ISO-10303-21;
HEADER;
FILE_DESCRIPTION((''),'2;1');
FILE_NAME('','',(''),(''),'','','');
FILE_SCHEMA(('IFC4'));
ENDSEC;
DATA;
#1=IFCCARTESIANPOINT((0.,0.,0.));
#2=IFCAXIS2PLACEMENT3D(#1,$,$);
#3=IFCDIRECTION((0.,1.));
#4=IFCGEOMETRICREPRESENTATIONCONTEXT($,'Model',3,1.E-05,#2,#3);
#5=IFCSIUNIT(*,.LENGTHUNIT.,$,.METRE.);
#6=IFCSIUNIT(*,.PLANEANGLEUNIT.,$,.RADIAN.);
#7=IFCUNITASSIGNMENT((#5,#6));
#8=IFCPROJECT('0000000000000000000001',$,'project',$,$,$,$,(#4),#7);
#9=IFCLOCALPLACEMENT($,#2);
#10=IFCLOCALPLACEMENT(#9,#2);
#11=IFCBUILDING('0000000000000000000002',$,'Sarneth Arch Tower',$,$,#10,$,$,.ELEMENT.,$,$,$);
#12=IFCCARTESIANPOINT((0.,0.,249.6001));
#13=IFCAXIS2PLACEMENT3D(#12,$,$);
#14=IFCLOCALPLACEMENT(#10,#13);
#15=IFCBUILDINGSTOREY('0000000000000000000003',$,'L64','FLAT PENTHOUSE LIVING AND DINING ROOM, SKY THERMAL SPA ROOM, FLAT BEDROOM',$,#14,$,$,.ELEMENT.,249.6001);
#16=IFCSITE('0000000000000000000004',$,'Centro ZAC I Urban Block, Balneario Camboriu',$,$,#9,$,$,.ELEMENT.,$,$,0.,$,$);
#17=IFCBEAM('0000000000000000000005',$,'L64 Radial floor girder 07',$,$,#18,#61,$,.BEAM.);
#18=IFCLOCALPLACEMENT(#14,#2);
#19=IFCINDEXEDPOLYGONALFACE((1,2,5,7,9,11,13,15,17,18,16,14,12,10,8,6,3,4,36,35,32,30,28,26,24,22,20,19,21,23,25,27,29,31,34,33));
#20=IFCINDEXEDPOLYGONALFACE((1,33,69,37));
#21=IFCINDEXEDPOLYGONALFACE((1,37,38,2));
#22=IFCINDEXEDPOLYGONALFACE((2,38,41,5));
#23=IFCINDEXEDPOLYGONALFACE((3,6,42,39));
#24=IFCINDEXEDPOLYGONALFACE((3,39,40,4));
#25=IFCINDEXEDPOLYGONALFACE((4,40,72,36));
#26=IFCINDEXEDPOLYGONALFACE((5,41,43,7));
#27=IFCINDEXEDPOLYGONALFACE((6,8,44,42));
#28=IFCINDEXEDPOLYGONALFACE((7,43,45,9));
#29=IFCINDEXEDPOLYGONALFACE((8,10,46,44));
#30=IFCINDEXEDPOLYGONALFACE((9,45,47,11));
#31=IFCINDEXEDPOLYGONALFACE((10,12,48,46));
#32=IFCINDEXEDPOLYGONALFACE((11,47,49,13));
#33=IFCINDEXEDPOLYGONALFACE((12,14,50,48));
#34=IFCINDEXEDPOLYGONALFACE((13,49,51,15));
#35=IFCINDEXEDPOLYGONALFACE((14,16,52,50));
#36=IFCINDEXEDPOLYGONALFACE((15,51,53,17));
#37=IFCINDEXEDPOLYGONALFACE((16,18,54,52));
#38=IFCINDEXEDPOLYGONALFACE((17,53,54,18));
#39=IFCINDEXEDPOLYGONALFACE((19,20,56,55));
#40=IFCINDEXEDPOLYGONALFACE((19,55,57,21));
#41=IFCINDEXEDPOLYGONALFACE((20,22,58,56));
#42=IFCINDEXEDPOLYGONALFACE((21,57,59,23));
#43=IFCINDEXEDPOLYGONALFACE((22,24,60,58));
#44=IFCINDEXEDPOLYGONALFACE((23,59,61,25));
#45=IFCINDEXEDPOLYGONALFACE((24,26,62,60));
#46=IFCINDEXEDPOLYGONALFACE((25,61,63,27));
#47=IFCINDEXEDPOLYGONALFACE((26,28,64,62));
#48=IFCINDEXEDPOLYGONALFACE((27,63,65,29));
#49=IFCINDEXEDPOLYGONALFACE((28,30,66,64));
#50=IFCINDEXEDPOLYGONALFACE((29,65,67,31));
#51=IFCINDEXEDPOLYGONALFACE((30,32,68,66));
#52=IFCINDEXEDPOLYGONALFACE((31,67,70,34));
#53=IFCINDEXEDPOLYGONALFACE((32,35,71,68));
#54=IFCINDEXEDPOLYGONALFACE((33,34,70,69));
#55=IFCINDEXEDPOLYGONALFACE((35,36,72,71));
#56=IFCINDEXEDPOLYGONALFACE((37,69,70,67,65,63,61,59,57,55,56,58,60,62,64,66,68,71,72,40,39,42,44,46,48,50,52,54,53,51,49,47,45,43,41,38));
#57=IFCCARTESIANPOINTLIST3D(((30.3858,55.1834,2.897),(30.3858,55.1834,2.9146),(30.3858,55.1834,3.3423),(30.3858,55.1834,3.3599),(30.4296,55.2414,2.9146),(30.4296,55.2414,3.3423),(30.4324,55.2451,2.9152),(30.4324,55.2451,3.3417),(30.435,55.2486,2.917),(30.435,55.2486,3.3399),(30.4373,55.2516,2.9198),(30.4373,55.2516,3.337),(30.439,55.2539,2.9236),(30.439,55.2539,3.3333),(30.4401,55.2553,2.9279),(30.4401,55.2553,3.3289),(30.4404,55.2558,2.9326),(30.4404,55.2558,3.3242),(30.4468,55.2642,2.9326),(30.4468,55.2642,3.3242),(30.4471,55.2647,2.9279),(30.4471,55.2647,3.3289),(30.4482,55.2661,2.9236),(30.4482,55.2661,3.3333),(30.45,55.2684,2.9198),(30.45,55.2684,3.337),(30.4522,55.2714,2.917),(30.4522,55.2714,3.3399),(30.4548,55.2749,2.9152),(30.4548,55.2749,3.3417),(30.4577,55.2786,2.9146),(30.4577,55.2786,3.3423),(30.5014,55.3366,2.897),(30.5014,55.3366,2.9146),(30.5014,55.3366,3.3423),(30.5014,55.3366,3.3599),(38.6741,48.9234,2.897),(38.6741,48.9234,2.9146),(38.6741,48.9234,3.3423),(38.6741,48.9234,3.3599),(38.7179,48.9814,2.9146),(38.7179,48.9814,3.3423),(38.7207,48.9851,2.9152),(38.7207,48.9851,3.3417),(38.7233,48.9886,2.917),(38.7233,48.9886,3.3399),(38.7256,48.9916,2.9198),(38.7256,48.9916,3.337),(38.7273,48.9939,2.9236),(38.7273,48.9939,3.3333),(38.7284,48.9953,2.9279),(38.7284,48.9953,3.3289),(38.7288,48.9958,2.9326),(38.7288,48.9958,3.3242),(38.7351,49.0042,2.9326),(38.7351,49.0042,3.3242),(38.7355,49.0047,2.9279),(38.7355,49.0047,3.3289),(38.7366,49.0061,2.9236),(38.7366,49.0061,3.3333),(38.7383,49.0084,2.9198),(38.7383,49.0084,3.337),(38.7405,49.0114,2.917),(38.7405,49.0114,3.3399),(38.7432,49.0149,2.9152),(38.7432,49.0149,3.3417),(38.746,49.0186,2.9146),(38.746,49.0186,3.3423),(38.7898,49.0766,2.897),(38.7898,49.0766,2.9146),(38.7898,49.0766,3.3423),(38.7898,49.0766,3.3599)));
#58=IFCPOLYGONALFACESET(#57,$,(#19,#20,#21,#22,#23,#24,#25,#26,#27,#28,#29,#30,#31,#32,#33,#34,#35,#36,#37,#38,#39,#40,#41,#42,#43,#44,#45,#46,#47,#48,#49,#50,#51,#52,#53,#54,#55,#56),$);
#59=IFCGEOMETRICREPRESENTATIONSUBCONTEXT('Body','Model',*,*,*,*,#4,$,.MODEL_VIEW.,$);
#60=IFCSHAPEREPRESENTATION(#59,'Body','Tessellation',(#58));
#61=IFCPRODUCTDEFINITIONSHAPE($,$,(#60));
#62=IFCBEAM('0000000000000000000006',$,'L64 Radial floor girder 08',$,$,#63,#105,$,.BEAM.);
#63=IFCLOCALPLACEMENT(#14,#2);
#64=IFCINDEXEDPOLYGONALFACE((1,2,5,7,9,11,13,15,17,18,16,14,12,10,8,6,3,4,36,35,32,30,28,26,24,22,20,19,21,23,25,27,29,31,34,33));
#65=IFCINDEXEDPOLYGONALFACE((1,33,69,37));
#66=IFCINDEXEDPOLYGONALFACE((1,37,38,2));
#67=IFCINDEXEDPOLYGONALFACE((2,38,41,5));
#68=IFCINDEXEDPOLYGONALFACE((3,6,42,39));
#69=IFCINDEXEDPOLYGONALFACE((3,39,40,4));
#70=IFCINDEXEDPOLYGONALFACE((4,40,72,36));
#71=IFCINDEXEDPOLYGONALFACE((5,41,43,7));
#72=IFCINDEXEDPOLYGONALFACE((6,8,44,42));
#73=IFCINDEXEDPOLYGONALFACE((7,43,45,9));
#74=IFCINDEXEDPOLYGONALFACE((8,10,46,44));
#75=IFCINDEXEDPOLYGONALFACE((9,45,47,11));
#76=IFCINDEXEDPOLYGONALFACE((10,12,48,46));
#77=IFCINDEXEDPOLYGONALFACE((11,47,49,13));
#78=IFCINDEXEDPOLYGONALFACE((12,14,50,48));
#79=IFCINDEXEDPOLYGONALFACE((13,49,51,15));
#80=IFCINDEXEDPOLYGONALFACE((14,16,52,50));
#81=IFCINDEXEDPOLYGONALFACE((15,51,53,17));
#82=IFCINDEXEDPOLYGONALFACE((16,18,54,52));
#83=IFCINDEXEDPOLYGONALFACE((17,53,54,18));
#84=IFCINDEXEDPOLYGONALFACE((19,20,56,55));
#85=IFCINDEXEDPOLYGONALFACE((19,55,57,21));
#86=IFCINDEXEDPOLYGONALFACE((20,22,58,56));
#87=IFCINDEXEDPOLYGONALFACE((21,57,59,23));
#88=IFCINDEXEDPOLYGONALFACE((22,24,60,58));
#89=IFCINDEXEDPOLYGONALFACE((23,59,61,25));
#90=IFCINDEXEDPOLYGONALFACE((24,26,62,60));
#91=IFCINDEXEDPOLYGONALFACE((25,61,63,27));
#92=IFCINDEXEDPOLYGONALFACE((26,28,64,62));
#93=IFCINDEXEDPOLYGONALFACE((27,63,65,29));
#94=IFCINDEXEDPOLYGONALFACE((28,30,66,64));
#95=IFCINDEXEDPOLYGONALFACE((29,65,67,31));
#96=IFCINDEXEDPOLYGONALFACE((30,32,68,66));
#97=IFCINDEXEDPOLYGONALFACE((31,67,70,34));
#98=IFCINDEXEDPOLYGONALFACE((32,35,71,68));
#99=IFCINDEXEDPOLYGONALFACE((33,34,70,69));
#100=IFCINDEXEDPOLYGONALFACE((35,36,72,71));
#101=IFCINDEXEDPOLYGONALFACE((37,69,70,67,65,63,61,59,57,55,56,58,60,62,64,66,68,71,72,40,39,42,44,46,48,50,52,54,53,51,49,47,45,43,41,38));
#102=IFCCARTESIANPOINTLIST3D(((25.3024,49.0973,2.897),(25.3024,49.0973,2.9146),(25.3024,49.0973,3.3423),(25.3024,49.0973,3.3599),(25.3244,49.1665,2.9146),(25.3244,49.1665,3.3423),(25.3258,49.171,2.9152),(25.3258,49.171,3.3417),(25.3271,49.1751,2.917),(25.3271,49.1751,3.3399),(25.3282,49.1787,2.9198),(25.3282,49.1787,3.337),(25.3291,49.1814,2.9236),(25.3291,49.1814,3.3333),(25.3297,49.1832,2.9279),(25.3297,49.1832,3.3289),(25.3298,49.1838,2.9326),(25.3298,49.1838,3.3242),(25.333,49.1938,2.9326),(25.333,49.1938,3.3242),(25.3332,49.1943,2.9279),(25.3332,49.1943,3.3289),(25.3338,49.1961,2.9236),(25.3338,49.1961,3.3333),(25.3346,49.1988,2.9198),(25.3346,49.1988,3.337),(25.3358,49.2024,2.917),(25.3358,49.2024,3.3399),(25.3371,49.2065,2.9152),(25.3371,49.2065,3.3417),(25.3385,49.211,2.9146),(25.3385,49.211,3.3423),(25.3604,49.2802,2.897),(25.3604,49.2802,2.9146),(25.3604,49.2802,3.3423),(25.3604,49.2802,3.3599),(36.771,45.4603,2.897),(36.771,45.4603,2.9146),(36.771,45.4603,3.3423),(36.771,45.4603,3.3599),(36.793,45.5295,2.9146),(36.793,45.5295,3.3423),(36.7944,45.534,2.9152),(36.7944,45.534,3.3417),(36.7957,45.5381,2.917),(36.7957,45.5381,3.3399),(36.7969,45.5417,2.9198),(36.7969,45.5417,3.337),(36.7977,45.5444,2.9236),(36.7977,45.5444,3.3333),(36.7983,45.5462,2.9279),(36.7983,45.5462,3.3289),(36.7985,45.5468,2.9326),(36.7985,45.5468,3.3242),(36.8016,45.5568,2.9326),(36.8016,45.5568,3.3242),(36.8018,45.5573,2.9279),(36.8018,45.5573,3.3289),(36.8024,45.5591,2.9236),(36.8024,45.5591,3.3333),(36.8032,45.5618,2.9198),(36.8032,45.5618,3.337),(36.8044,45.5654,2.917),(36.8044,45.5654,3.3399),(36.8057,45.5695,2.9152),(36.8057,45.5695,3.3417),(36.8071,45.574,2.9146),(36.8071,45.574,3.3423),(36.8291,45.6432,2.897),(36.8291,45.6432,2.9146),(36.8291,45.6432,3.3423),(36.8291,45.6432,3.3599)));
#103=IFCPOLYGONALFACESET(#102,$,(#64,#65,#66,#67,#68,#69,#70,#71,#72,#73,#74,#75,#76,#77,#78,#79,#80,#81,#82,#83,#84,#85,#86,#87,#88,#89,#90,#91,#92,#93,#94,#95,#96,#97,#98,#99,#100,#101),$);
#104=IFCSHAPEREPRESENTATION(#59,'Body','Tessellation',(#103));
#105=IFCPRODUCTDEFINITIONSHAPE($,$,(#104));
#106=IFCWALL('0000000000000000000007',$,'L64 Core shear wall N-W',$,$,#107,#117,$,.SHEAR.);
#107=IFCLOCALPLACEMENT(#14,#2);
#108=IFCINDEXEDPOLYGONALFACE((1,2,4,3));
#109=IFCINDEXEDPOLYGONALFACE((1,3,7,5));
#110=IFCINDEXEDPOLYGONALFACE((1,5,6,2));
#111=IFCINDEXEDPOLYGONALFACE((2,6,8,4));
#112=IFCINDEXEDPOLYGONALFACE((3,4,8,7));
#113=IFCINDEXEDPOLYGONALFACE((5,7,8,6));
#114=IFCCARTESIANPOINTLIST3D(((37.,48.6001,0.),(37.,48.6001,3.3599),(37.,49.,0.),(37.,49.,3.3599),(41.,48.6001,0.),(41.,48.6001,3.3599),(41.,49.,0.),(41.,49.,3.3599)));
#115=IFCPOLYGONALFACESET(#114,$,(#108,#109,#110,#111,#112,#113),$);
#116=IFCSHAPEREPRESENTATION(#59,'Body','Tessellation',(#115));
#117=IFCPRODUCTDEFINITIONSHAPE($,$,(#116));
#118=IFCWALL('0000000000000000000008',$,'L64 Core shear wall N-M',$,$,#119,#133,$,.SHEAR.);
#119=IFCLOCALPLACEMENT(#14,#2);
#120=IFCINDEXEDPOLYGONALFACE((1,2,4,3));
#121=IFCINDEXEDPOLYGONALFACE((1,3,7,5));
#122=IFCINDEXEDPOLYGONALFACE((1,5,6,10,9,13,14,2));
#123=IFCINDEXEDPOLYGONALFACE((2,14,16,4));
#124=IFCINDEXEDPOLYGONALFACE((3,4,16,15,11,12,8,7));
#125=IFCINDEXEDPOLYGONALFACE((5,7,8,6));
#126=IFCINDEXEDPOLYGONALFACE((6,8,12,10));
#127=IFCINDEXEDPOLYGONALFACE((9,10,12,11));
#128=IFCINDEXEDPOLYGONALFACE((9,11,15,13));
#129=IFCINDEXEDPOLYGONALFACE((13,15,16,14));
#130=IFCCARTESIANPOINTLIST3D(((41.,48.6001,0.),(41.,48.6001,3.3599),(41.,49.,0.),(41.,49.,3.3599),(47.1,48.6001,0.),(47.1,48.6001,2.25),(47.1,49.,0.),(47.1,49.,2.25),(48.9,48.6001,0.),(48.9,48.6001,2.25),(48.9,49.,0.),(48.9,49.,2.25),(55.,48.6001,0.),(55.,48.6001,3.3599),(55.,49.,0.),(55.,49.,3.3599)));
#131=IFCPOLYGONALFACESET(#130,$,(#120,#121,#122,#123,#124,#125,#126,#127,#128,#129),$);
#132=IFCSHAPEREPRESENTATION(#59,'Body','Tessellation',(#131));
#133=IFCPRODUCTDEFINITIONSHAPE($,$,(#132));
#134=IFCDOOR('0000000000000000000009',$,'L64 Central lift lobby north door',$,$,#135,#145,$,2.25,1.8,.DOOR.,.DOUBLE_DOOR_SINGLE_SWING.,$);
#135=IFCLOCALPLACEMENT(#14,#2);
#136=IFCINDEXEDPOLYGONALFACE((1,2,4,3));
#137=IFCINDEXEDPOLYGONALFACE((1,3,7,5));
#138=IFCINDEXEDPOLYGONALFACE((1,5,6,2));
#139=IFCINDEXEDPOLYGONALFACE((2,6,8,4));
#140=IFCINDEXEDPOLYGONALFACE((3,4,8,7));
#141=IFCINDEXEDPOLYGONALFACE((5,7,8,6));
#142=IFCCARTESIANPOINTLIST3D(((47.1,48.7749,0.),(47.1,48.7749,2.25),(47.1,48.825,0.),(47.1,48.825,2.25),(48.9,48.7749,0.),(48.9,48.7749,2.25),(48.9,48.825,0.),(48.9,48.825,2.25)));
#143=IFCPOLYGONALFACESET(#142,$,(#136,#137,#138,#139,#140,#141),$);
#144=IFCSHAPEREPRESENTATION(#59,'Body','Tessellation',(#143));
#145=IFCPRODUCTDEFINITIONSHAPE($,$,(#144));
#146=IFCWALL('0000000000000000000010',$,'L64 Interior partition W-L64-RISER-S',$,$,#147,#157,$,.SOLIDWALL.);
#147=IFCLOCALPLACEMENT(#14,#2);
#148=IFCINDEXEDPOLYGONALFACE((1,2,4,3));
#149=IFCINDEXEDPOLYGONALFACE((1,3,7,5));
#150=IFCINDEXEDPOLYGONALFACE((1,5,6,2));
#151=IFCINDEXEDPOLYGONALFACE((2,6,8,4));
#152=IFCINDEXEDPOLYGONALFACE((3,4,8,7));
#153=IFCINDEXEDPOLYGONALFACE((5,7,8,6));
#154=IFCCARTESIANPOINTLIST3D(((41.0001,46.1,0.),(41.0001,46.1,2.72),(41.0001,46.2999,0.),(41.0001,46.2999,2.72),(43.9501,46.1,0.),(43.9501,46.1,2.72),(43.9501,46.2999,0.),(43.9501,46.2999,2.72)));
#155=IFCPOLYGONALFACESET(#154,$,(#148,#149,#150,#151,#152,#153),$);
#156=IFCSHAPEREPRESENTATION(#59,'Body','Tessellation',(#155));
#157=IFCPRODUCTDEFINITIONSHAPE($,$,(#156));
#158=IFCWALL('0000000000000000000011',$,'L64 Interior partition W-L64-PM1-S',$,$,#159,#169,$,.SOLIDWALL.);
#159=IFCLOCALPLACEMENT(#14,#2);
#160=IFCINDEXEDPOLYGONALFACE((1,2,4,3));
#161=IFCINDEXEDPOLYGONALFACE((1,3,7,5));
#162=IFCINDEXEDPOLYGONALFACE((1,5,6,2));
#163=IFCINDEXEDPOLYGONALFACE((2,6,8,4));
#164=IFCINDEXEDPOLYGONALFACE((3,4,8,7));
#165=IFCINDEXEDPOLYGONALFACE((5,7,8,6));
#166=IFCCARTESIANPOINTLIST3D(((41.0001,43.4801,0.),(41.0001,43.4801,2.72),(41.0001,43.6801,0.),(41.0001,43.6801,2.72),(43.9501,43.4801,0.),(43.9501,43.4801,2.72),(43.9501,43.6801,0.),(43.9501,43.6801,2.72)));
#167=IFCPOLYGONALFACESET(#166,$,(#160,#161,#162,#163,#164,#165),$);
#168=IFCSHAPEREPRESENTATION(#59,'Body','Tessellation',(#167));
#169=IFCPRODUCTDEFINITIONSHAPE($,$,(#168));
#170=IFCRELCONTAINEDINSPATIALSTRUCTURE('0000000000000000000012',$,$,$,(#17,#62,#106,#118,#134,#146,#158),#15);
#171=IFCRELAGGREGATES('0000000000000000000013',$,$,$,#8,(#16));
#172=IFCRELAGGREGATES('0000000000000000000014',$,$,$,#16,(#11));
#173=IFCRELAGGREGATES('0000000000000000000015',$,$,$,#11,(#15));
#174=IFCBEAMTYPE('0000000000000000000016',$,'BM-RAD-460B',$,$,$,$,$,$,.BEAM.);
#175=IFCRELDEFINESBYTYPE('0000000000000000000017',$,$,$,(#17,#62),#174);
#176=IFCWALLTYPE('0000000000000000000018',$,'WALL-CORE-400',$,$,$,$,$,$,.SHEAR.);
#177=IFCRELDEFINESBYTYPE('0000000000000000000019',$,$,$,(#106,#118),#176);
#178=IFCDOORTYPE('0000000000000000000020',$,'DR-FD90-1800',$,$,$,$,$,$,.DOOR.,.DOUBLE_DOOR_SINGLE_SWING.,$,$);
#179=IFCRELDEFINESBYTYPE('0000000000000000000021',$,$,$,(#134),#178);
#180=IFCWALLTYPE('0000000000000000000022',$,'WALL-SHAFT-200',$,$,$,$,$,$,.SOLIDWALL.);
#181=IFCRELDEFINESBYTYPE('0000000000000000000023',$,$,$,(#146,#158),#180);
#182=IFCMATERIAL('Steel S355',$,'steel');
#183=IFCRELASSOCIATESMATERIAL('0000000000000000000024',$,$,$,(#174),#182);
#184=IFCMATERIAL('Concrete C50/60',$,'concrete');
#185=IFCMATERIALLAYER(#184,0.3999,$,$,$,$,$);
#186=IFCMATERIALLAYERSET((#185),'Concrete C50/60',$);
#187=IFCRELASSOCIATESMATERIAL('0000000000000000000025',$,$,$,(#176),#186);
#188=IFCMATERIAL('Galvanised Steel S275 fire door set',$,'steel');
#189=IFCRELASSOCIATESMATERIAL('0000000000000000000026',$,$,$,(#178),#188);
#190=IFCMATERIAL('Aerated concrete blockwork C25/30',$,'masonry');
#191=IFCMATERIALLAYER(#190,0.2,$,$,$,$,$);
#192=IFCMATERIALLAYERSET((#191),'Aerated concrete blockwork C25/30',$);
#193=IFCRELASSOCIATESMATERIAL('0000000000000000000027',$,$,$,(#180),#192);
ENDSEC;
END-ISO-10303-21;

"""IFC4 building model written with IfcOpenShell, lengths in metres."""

from ifc_helpers import new_model, si_unit, direction, frame, frame_2d, origin, origin_2d, place, context, subcontext, project, spatial, rectangle, i_section, extrude, material, layer, layer_set, material_profile, profile_set, type_object, element, fill, save


model = new_model("IFC4")

# Units and contexts
model_context = context("Model", 3, precision=1e-05, world=origin(), true_north=direction((0.0, 1.0)))
body_context = subcontext(model_context, "Body", "Model", "MODEL_VIEW")
ifc_project = project(units=[si_unit("LENGTHUNIT", "METRE"), si_unit("PLANEANGLEUNIT", "RADIAN")], contexts=[model_context])

# Site, building, storey
site_placement = place(None, origin())
site = spatial("IfcSite", under=ifc_project, at=site_placement, Name="Centro ZAC I Urban Block, Balneario Camboriu", CompositionType="ELEMENT", RefElevation=0.0)
building_placement = place(site_placement, origin())
building = spatial("IfcBuilding", under=site, at=building_placement, Name="Sarneth Arch Tower", CompositionType="ELEMENT")
storey_placement = place(building_placement, frame((0.0, 0.0, 249.6001)))
storey = spatial("IfcBuildingStorey", under=building, at=storey_placement, Name="L64", Description="FLAT PENTHOUSE LIVING AND DINING ROOM, SKY THERMAL SPA ROOM, FLAT BEDROOM", CompositionType="ELEMENT", Elevation=249.6001)

# Beams
ifc_material_1 = material(Name="Steel S355", Category="steel")
ifc_material_profile_1 = material_profile(ifc_material_1, i_section(OverallWidth=0.1919, OverallDepth=0.4629, WebThickness=0.0105, FlangeThickness=0.0176, FilletRadius=0.0181, at=origin_2d()), Name="W460x89")
ifc_profile_set_1 = profile_set([ifc_material_profile_1], Name="Steel S355")
beam_type_1 = type_object("IfcBeamType", Name="BM-RAD-460B", PredefinedType="BEAM", material=ifc_profile_set_1)
beam_1_placement = place(storey_placement, frame((38.7319, 49.0, 3.1284), z_axis=(-0.797973, 0.602693, 0.0), x_axis=(-0.602693, -0.797973, 0.0)))
element("IfcBeam", 1, at=beam_1_placement, inside=storey, type_object=beam_type_1, Name="L64 Radial floor girder 07", PredefinedType="BEAM", context=body_context, shape_type="SweptSolid", body=[
    extrude(i_section(OverallWidth=0.1919, OverallDepth=0.4629, WebThickness=0.0105, FlangeThickness=0.0176, FilletRadius=0.0181, at=origin_2d()), origin(), (0.0, 0.0, 1.0), 10.3867),
])
beam_2_placement = place(storey_placement, frame((36.8, 45.5518, 3.1284), z_axis=(-0.953216, 0.30229, 0.0), x_axis=(-0.30229, -0.953216, 0.0)))
element("IfcBeam", 2, at=beam_2_placement, inside=storey, type_object=beam_type_1, Name="L64 Radial floor girder 08", PredefinedType="BEAM", context=body_context, shape_type="SweptSolid", body=[
    extrude(i_section(OverallWidth=0.1919, OverallDepth=0.4629, WebThickness=0.0105, FlangeThickness=0.0176, FilletRadius=0.0181, at=origin_2d()), origin(), (0.0, 0.0, 1.0), 12.0315),
])

# Wall
ifc_material_2 = material(Name="Concrete C50/60", Category="concrete")
ifc_layer_1 = layer(ifc_material_2, 0.3999)
ifc_layer_set_1 = layer_set([ifc_layer_1], Name="Concrete C50/60")
wall_type_1 = type_object("IfcWallType", Name="WALL-CORE-400", PredefinedType="SHEAR", material=ifc_layer_set_1)
wall_1_placement = place(storey_placement, frame((37.0, 48.8, 0.0), z_axis=(0.0, 0.0, 1.0), x_axis=(1.0, 0.0, 0.0)))
element("IfcWall", 3, at=wall_1_placement, inside=storey, type_object=wall_type_1, Name="L64 Core shear wall N-W", PredefinedType="SHEAR", context=body_context, shape_type="SweptSolid", body=[
    extrude(rectangle(XDim=4.0, YDim=0.3999, at=frame_2d((2.0, 0.0))), origin(), (0.0, 0.0, 1.0), 3.3599),
])

# Wall, opening, door
wall_2_placement = place(storey_placement, frame((41.0, 48.8, 0.0), z_axis=(0.0, 0.0, 1.0), x_axis=(1.0, 0.0, 0.0)))
wall_2 = element("IfcWall", 4, at=wall_2_placement, inside=storey, type_object=wall_type_1, Name="L64 Core shear wall N-M", PredefinedType="SHEAR", context=body_context, shape_type="SweptSolid", body=[
    extrude(rectangle(XDim=14.0, YDim=0.3999, at=frame_2d((7.0, 0.0))), origin(), (0.0, 0.0, 1.0), 3.3599),
])
opening_1_placement = place(wall_2_placement, frame((6.1001, 0.0, 0.0)))
opening_1 = element("IfcOpeningElement", 5, at=opening_1_placement, cuts=wall_2, PredefinedType="OPENING", context=body_context, shape_type="SweptSolid", body=[
    extrude(rectangle(XDim=1.8, YDim=2.25, at=frame_2d((0.8999, 1.125))), frame((0.0, 0.21, 0.0), z_axis=(0.0, -1.0, 0.0), x_axis=(1.0, 0.0, 0.0)), (0.0, 0.0, 1.0), 0.4199),
])
ifc_material_3 = material(Name="Galvanised Steel S275 fire door set", Category="steel")
door_type_1 = type_object("IfcDoorType", Name="DR-FD90-1800", OperationType="DOUBLE_DOOR_SINGLE_SWING", PredefinedType="DOOR", material=ifc_material_3)
door_1_placement = place(opening_1_placement, origin())
door_1 = element("IfcDoor", 6, at=door_1_placement, inside=storey, type_object=door_type_1, Name="L64 Central lift lobby north door", OperationType="DOUBLE_DOOR_SINGLE_SWING", OverallHeight=2.25, OverallWidth=1.8, PredefinedType="DOOR", context=body_context, shape_type="SweptSolid", body=[
    extrude(rectangle(XDim=1.8, YDim=2.25, at=frame_2d((0.8999, 1.125))), frame((0.0, 0.0249, 0.0), z_axis=(0.0, -1.0, 0.0), x_axis=(1.0, 0.0, 0.0)), (0.0, 0.0, 1.0), 0.05),
])
fill(opening_1, door_1)

# Wall
ifc_material_4 = material(Name="Aerated concrete blockwork C25/30", Category="masonry")
ifc_layer_2 = layer(ifc_material_4, 0.2)
ifc_layer_set_2 = layer_set([ifc_layer_2], Name="Aerated concrete blockwork C25/30")
wall_type_2 = type_object("IfcWallType", Name="WALL-SHAFT-200", PredefinedType="SOLIDWALL", material=ifc_layer_set_2)
wall_3_placement = place(storey_placement, frame((41.0, 46.2, 0.0), z_axis=(0.0, 0.0, 1.0), x_axis=(1.0, 0.0, 0.0)))
element("IfcWall", 7, at=wall_3_placement, inside=storey, type_object=wall_type_2, Name="L64 Interior partition W-L64-RISER-S", PredefinedType="SOLIDWALL", context=body_context, shape_type="SweptSolid", body=[
    extrude(rectangle(XDim=2.95, YDim=0.2, at=frame_2d((1.4751, 0.0))), origin(), (0.0, 0.0, 1.0), 2.72),
])

# Wall
wall_4_placement = place(storey_placement, frame((41.0, 43.5801, 0.0), z_axis=(0.0, 0.0, 1.0), x_axis=(1.0, 0.0, 0.0)))
element("IfcWall", 8, at=wall_4_placement, inside=storey, type_object=wall_type_2, Name="L64 Interior partition W-L64-PM1-S", PredefinedType="SOLIDWALL", context=body_context, shape_type="SweptSolid", body=[
    extrude(rectangle(XDim=2.95, YDim=0.2, at=frame_2d((1.4751, 0.0))), origin(), (0.0, 0.0, 1.0), 2.72),
])

save(model, "model.ifc")
